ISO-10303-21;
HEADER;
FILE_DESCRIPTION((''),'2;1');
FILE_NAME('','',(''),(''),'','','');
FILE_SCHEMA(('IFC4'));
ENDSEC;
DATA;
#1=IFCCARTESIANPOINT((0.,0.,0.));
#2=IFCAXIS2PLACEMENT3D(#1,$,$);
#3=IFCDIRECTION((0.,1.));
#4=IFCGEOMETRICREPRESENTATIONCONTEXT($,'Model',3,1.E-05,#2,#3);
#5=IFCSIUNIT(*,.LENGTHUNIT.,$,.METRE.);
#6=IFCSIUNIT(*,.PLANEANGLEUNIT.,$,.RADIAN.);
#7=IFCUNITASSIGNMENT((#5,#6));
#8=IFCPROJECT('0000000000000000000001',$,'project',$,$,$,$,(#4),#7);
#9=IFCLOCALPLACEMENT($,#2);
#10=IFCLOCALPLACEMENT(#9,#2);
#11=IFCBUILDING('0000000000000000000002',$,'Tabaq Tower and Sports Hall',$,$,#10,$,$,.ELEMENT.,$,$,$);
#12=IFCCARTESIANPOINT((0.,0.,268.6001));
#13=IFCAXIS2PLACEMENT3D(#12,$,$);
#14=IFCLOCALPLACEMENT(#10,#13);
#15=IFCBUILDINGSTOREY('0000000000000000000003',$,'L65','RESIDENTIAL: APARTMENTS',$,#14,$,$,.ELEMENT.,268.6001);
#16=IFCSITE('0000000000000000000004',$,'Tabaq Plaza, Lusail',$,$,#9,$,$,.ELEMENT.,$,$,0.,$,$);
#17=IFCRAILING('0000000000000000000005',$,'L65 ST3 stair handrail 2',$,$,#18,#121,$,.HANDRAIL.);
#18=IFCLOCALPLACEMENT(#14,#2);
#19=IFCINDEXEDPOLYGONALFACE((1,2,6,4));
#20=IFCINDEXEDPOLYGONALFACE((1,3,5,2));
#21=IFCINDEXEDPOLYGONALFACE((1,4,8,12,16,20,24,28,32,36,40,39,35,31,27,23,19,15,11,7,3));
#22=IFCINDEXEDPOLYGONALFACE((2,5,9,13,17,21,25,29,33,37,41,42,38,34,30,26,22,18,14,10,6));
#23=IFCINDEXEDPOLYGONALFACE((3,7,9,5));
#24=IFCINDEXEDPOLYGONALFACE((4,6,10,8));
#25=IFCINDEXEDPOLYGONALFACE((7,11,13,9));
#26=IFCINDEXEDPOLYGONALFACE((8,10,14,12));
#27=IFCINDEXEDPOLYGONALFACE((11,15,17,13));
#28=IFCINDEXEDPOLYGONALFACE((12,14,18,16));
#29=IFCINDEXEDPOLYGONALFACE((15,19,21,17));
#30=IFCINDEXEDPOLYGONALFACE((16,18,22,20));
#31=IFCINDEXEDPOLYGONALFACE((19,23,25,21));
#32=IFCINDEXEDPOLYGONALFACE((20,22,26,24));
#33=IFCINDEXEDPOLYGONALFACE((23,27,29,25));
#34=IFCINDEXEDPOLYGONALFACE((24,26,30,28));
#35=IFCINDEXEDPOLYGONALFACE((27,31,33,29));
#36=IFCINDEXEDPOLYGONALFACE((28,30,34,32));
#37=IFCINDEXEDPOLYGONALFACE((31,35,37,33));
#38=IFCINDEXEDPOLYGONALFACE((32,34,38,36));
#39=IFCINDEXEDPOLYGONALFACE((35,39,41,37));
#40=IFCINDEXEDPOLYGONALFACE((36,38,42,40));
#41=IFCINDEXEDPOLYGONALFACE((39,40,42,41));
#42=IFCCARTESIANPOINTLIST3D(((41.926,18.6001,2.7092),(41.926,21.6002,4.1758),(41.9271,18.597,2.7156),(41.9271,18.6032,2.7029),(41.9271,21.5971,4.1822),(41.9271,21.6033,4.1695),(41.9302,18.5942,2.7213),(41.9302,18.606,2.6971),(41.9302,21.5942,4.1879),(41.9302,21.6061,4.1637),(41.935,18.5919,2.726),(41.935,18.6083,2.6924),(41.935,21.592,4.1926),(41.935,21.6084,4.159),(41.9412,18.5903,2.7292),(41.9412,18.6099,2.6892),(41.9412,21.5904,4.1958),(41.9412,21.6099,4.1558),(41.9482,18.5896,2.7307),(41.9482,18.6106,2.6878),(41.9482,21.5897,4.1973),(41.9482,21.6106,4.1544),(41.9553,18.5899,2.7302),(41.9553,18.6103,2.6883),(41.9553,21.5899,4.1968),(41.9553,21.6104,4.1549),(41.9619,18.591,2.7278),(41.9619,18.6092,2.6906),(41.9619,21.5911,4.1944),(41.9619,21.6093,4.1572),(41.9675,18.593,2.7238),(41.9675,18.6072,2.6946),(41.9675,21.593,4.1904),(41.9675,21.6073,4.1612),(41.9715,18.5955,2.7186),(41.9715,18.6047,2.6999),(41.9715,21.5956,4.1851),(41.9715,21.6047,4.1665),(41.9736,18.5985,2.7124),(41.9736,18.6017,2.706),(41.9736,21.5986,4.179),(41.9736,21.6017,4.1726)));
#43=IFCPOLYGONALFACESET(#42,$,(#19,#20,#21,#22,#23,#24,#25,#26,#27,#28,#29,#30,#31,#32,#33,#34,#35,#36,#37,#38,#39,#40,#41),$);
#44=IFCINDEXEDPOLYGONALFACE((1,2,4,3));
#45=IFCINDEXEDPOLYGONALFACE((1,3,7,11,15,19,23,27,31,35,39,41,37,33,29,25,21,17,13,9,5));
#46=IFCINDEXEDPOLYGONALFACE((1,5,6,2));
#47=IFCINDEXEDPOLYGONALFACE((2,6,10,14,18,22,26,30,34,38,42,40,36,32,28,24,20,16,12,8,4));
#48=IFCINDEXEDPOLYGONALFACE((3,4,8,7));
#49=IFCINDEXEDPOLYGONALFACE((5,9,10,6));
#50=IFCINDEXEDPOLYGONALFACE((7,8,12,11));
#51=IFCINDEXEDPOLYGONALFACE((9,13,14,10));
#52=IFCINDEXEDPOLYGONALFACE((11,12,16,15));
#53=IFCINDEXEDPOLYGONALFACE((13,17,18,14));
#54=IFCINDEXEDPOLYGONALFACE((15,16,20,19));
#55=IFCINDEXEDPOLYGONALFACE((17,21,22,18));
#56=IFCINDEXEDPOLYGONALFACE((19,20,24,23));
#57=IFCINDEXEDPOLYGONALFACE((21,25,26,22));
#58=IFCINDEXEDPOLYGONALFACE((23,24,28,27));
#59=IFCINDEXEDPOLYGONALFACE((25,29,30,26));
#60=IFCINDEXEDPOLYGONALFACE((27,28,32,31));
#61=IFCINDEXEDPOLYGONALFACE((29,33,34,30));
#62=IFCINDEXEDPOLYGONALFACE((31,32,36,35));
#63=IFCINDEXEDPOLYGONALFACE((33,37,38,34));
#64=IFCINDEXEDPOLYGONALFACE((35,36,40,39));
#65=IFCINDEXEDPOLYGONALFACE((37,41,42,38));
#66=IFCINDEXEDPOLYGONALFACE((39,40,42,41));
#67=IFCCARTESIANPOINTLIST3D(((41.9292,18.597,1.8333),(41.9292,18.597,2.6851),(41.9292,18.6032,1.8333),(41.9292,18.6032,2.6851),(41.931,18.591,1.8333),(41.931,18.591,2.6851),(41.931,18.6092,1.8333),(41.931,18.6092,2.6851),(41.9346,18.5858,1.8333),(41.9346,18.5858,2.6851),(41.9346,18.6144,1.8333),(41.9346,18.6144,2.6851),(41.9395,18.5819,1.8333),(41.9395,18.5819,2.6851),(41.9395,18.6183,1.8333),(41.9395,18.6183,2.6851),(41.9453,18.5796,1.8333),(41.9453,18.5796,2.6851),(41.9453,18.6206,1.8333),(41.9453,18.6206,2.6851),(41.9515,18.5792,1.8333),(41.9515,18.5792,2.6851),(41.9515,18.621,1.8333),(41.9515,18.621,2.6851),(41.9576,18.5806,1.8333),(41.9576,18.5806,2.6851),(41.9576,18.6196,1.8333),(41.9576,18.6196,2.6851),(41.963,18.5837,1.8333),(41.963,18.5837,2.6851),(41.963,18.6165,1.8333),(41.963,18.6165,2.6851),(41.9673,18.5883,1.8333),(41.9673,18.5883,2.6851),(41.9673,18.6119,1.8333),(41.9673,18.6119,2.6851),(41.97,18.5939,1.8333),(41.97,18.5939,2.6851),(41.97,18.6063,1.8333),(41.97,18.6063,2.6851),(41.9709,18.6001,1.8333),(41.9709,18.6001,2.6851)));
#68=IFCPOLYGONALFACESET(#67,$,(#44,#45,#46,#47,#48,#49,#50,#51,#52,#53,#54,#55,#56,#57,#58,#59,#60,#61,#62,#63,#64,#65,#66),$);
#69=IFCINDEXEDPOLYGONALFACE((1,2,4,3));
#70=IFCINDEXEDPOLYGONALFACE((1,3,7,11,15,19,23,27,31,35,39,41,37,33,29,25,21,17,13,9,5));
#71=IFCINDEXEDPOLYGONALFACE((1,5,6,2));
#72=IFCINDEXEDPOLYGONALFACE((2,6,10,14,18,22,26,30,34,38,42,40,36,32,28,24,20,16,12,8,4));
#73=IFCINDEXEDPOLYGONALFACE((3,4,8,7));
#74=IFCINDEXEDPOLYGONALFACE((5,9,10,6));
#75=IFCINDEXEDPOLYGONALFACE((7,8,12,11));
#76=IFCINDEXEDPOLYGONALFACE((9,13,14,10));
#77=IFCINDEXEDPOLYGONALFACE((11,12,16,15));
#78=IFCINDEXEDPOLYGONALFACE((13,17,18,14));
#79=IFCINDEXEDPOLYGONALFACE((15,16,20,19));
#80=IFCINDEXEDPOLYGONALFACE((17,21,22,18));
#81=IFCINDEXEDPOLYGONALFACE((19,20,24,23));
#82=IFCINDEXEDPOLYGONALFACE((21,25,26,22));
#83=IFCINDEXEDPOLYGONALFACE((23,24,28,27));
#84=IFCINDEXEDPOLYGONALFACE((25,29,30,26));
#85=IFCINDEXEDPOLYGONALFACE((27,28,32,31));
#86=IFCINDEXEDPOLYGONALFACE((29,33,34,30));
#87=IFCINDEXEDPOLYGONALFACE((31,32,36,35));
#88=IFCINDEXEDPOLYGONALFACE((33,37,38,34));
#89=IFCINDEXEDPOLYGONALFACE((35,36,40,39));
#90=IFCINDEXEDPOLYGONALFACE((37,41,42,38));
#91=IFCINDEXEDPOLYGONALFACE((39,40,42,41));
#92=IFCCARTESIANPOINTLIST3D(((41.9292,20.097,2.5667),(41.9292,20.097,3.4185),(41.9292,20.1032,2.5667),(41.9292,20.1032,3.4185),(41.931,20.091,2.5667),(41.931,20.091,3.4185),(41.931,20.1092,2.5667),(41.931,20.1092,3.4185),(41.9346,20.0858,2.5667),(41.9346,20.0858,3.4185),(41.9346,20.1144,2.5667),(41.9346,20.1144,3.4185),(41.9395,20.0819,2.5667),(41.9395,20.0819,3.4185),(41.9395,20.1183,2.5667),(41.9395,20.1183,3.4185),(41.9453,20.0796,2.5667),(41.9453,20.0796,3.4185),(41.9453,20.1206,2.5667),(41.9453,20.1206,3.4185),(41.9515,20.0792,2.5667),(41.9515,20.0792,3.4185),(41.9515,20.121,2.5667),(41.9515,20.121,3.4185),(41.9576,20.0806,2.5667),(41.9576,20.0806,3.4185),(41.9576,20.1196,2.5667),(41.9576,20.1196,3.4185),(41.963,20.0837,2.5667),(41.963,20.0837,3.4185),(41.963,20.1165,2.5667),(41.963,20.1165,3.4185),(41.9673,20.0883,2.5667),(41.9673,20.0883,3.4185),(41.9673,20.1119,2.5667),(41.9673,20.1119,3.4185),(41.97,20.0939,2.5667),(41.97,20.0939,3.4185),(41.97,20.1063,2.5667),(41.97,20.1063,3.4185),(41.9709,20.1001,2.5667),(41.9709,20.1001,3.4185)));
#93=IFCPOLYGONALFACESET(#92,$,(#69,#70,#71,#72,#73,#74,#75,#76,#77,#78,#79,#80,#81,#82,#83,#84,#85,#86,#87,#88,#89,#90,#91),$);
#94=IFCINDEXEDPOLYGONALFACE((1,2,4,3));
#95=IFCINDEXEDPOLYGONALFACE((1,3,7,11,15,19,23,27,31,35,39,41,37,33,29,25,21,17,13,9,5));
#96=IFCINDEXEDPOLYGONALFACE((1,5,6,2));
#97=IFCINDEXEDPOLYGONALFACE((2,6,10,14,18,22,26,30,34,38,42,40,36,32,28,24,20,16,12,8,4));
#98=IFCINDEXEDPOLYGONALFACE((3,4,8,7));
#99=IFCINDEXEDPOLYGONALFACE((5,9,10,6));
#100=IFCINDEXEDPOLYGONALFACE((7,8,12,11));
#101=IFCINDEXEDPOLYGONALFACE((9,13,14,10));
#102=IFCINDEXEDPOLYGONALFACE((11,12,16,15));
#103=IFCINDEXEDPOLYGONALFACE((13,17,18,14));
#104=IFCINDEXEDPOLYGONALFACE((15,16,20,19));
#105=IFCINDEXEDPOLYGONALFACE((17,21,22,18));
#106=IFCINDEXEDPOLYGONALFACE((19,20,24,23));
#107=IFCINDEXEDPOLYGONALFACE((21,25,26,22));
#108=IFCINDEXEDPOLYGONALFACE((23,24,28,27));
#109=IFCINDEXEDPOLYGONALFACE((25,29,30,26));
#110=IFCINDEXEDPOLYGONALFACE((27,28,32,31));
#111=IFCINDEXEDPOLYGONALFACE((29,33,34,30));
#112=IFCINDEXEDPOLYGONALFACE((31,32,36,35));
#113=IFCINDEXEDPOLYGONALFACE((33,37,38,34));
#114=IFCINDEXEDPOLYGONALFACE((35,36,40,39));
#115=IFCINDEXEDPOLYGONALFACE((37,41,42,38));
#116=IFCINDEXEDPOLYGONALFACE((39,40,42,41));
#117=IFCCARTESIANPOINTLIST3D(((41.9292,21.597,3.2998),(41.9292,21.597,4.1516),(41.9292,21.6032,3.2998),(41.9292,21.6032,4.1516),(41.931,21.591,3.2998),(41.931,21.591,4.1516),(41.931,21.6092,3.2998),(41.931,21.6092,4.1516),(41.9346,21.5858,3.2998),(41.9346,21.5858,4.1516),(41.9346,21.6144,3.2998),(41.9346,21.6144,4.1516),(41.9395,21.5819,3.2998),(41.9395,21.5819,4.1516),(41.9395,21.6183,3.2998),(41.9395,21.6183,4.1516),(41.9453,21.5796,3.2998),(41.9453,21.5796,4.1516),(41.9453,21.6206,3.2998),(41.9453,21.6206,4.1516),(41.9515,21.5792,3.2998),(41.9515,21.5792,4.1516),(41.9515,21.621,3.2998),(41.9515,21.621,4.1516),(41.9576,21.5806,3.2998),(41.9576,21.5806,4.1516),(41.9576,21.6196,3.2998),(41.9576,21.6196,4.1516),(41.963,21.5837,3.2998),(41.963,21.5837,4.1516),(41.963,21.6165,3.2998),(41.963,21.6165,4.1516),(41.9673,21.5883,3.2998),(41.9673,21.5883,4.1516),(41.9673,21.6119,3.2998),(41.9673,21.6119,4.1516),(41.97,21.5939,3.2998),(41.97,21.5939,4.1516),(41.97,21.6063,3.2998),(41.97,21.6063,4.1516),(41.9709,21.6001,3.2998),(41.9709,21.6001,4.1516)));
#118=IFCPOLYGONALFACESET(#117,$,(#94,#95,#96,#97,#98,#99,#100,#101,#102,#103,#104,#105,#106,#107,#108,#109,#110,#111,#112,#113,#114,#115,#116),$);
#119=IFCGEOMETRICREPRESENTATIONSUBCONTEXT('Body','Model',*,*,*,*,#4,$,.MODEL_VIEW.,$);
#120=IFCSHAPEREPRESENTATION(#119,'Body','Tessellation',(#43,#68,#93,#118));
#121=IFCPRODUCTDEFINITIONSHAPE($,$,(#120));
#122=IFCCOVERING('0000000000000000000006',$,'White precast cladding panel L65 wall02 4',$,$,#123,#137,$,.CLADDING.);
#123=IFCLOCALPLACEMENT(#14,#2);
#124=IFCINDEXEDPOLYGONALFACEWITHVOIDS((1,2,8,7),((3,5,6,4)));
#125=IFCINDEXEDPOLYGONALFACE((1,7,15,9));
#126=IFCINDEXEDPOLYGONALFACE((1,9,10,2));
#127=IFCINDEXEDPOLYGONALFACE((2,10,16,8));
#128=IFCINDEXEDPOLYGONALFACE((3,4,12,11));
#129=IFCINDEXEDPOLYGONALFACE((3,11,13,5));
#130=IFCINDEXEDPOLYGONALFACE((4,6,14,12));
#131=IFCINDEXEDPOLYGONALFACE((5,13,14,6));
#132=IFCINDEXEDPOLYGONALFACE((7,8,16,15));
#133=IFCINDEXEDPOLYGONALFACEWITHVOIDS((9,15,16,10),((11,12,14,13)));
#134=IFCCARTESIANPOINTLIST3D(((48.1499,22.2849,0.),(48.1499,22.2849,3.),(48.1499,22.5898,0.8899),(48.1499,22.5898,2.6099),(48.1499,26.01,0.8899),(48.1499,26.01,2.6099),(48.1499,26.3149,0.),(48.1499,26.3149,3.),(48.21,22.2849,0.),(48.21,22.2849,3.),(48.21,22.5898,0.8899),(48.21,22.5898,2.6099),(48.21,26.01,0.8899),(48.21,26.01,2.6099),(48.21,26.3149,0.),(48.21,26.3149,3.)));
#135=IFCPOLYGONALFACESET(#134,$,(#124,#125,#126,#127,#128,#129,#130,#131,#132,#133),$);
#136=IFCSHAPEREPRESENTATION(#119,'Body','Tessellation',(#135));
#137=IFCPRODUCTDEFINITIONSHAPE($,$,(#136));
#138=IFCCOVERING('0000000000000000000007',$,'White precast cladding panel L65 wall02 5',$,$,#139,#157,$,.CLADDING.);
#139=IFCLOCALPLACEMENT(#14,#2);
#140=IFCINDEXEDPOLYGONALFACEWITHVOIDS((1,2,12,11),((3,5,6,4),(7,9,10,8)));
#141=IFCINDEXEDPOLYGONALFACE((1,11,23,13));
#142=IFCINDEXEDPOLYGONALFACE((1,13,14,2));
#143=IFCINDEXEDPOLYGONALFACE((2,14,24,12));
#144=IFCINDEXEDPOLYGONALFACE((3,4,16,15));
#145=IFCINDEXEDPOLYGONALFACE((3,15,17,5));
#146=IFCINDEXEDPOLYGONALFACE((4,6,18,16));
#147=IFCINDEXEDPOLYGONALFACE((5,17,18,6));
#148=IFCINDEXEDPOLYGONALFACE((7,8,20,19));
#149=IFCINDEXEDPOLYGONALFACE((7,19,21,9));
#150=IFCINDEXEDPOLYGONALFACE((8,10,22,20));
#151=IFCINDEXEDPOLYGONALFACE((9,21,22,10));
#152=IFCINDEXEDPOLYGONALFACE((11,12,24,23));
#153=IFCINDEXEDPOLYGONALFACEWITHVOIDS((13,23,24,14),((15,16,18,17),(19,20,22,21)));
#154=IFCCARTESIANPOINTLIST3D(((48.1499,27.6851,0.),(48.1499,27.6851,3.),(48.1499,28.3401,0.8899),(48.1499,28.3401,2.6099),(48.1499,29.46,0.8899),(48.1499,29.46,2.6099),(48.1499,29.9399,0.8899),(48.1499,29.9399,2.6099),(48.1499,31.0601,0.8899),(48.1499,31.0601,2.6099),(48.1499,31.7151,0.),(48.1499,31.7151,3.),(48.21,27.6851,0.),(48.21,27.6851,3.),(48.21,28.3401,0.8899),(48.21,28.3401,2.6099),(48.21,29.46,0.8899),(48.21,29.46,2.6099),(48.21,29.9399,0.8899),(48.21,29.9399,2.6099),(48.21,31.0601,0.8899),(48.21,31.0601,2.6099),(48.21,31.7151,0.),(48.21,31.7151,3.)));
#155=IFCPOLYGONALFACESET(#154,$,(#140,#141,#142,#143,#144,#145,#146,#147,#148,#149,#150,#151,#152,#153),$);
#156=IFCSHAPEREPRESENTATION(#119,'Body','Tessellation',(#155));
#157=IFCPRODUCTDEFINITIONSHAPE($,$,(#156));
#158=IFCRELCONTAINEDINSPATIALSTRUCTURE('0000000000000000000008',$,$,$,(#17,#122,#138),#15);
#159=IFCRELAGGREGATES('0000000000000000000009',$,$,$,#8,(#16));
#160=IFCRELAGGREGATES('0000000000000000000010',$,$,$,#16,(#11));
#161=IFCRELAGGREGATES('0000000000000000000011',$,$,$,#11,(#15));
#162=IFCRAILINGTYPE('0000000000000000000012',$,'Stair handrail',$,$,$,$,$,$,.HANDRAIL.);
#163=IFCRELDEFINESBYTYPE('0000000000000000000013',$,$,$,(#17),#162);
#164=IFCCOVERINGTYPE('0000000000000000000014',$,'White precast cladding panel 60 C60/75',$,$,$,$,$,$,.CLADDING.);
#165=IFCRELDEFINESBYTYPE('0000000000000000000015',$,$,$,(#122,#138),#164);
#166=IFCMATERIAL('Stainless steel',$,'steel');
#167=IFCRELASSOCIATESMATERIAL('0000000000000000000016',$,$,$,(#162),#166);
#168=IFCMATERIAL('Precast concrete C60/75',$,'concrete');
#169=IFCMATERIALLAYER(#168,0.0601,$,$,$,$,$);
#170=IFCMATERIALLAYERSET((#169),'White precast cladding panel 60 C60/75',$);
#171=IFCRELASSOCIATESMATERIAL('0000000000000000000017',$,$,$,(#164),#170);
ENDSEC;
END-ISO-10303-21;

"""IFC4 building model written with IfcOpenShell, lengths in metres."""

from ifc_helpers import new_model, si_unit, direction, frame, origin, origin_2d, place, context, subcontext, project, spatial, polyline, circle, outline, extrude, material, layer, layer_set, type_object, element, save


model = new_model("IFC4")

# Units and contexts
model_context = context("Model", 3, precision=1e-05, world=origin(), true_north=direction((0.0, 1.0)))
body_context = subcontext(model_context, "Body", "Model", "MODEL_VIEW")
ifc_project = project(units=[si_unit("LENGTHUNIT", "METRE"), si_unit("PLANEANGLEUNIT", "RADIAN")], contexts=[model_context])

# Site, building, storey
site_placement = place(None, origin())
site = spatial("IfcSite", under=ifc_project, at=site_placement, Name="Tabaq Plaza, Lusail", CompositionType="ELEMENT", RefElevation=0.0)
building_placement = place(site_placement, origin())
building = spatial("IfcBuilding", under=site, at=building_placement, Name="Tabaq Tower and Sports Hall", CompositionType="ELEMENT")
storey_placement = place(building_placement, frame((0.0, 0.0, 268.6001)))
storey = spatial("IfcBuildingStorey", under=building, at=storey_placement, Name="L65", Description="RESIDENTIAL: APARTMENTS", CompositionType="ELEMENT", Elevation=268.6001)

# Railing
ifc_material_1 = material(Name="Stainless steel", Category="steel")
railing_type_1 = type_object("IfcRailingType", Name="Stair handrail", PredefinedType="HANDRAIL", material=ifc_material_1)
railing_1_placement = place(storey_placement, frame((41.95, 18.6001, 1.8333)))
element("IfcRailing", 1, at=railing_1_placement, inside=storey, type_object=railing_type_1, Name="L65 ST3 stair handrail 2", PredefinedType="HANDRAIL", context=body_context, shape_type="SweptSolid", body=[
    extrude(circle(Radius=0.0239, at=origin_2d()), frame((0.0, 0.0, 0.876), z_axis=(0.0, 0.898398, 0.439183), x_axis=(-1.0, 0.0, 0.0)), (0.0, 0.0, 1.0), 3.3394),
    extrude(circle(Radius=0.021, at=origin_2d()), origin(), (0.0, 0.0, 1.0), 0.8518),
    extrude(circle(Radius=0.021, at=origin_2d()), frame((0.0, 1.5, 0.7334)), (0.0, 0.0, 1.0), 0.8518),
    extrude(circle(Radius=0.021, at=origin_2d()), frame((0.0, 3.0, 1.4666)), (0.0, 0.0, 1.0), 0.8518),
])

# Coverings
ifc_material_2 = material(Name="Precast concrete C60/75", Category="concrete")
ifc_layer_1 = layer(ifc_material_2, 0.0601)
ifc_layer_set_1 = layer_set([ifc_layer_1], Name="White precast cladding panel 60 C60/75")
covering_type_1 = type_object("IfcCoveringType", Name="White precast cladding panel 60 C60/75", PredefinedType="CLADDING", material=ifc_layer_set_1)
covering_1_placement = place(storey_placement, frame((48.1799, 22.2849, 0.0), z_axis=(0.0, 0.0, 1.0), x_axis=(0.0, 1.0, 0.0)))
element("IfcCovering", 2, at=covering_1_placement, inside=storey, type_object=covering_type_1, Name="White precast cladding panel L65 wall02 4", PredefinedType="CLADDING", context=body_context, shape_type="SweptSolid", body=[
    extrude(outline(polyline([(0.0, 0.0), (4.03, 0.0), (4.03, 3.0), (0.0, 3.0), (0.0, 0.0)]), holes=[polyline([(0.3049, 0.8899), (0.3049, 2.6099), (3.7251, 2.6099), (3.7251, 0.8899), (0.3049, 0.8899)])]), frame((0.0, 0.03, 0.0), z_axis=(0.0, -1.0, 0.0), x_axis=(1.0, 0.0, 0.0)), (0.0, 0.0, 1.0), 0.0601),
])
covering_2_placement = place(storey_placement, frame((48.1799, 27.6851, 0.0), z_axis=(0.0, 0.0, 1.0), x_axis=(0.0, 1.0, 0.0)))
element("IfcCovering", 3, at=covering_2_placement, inside=storey, type_object=covering_type_1, Name="White precast cladding panel L65 wall02 5", PredefinedType="CLADDING", context=body_context, shape_type="SweptSolid", body=[
    extrude(outline(polyline([(0.0, 0.0), (4.03, 0.0), (4.03, 3.0), (0.0, 3.0), (0.0, 0.0)]), holes=[polyline([(0.655, 2.6099), (1.7749, 2.6099), (1.7749, 0.8899), (0.655, 0.8899), (0.655, 2.6099)]), polyline([(2.2549, 2.6099), (3.375, 2.6099), (3.375, 0.8899), (2.2549, 0.8899), (2.2549, 2.6099)])]), frame((0.0, 0.03, 0.0), z_axis=(0.0, -1.0, 0.0), x_axis=(1.0, 0.0, 0.0)), (0.0, 0.0, 1.0), 0.0601),
])

save(model, "model.ifc")
